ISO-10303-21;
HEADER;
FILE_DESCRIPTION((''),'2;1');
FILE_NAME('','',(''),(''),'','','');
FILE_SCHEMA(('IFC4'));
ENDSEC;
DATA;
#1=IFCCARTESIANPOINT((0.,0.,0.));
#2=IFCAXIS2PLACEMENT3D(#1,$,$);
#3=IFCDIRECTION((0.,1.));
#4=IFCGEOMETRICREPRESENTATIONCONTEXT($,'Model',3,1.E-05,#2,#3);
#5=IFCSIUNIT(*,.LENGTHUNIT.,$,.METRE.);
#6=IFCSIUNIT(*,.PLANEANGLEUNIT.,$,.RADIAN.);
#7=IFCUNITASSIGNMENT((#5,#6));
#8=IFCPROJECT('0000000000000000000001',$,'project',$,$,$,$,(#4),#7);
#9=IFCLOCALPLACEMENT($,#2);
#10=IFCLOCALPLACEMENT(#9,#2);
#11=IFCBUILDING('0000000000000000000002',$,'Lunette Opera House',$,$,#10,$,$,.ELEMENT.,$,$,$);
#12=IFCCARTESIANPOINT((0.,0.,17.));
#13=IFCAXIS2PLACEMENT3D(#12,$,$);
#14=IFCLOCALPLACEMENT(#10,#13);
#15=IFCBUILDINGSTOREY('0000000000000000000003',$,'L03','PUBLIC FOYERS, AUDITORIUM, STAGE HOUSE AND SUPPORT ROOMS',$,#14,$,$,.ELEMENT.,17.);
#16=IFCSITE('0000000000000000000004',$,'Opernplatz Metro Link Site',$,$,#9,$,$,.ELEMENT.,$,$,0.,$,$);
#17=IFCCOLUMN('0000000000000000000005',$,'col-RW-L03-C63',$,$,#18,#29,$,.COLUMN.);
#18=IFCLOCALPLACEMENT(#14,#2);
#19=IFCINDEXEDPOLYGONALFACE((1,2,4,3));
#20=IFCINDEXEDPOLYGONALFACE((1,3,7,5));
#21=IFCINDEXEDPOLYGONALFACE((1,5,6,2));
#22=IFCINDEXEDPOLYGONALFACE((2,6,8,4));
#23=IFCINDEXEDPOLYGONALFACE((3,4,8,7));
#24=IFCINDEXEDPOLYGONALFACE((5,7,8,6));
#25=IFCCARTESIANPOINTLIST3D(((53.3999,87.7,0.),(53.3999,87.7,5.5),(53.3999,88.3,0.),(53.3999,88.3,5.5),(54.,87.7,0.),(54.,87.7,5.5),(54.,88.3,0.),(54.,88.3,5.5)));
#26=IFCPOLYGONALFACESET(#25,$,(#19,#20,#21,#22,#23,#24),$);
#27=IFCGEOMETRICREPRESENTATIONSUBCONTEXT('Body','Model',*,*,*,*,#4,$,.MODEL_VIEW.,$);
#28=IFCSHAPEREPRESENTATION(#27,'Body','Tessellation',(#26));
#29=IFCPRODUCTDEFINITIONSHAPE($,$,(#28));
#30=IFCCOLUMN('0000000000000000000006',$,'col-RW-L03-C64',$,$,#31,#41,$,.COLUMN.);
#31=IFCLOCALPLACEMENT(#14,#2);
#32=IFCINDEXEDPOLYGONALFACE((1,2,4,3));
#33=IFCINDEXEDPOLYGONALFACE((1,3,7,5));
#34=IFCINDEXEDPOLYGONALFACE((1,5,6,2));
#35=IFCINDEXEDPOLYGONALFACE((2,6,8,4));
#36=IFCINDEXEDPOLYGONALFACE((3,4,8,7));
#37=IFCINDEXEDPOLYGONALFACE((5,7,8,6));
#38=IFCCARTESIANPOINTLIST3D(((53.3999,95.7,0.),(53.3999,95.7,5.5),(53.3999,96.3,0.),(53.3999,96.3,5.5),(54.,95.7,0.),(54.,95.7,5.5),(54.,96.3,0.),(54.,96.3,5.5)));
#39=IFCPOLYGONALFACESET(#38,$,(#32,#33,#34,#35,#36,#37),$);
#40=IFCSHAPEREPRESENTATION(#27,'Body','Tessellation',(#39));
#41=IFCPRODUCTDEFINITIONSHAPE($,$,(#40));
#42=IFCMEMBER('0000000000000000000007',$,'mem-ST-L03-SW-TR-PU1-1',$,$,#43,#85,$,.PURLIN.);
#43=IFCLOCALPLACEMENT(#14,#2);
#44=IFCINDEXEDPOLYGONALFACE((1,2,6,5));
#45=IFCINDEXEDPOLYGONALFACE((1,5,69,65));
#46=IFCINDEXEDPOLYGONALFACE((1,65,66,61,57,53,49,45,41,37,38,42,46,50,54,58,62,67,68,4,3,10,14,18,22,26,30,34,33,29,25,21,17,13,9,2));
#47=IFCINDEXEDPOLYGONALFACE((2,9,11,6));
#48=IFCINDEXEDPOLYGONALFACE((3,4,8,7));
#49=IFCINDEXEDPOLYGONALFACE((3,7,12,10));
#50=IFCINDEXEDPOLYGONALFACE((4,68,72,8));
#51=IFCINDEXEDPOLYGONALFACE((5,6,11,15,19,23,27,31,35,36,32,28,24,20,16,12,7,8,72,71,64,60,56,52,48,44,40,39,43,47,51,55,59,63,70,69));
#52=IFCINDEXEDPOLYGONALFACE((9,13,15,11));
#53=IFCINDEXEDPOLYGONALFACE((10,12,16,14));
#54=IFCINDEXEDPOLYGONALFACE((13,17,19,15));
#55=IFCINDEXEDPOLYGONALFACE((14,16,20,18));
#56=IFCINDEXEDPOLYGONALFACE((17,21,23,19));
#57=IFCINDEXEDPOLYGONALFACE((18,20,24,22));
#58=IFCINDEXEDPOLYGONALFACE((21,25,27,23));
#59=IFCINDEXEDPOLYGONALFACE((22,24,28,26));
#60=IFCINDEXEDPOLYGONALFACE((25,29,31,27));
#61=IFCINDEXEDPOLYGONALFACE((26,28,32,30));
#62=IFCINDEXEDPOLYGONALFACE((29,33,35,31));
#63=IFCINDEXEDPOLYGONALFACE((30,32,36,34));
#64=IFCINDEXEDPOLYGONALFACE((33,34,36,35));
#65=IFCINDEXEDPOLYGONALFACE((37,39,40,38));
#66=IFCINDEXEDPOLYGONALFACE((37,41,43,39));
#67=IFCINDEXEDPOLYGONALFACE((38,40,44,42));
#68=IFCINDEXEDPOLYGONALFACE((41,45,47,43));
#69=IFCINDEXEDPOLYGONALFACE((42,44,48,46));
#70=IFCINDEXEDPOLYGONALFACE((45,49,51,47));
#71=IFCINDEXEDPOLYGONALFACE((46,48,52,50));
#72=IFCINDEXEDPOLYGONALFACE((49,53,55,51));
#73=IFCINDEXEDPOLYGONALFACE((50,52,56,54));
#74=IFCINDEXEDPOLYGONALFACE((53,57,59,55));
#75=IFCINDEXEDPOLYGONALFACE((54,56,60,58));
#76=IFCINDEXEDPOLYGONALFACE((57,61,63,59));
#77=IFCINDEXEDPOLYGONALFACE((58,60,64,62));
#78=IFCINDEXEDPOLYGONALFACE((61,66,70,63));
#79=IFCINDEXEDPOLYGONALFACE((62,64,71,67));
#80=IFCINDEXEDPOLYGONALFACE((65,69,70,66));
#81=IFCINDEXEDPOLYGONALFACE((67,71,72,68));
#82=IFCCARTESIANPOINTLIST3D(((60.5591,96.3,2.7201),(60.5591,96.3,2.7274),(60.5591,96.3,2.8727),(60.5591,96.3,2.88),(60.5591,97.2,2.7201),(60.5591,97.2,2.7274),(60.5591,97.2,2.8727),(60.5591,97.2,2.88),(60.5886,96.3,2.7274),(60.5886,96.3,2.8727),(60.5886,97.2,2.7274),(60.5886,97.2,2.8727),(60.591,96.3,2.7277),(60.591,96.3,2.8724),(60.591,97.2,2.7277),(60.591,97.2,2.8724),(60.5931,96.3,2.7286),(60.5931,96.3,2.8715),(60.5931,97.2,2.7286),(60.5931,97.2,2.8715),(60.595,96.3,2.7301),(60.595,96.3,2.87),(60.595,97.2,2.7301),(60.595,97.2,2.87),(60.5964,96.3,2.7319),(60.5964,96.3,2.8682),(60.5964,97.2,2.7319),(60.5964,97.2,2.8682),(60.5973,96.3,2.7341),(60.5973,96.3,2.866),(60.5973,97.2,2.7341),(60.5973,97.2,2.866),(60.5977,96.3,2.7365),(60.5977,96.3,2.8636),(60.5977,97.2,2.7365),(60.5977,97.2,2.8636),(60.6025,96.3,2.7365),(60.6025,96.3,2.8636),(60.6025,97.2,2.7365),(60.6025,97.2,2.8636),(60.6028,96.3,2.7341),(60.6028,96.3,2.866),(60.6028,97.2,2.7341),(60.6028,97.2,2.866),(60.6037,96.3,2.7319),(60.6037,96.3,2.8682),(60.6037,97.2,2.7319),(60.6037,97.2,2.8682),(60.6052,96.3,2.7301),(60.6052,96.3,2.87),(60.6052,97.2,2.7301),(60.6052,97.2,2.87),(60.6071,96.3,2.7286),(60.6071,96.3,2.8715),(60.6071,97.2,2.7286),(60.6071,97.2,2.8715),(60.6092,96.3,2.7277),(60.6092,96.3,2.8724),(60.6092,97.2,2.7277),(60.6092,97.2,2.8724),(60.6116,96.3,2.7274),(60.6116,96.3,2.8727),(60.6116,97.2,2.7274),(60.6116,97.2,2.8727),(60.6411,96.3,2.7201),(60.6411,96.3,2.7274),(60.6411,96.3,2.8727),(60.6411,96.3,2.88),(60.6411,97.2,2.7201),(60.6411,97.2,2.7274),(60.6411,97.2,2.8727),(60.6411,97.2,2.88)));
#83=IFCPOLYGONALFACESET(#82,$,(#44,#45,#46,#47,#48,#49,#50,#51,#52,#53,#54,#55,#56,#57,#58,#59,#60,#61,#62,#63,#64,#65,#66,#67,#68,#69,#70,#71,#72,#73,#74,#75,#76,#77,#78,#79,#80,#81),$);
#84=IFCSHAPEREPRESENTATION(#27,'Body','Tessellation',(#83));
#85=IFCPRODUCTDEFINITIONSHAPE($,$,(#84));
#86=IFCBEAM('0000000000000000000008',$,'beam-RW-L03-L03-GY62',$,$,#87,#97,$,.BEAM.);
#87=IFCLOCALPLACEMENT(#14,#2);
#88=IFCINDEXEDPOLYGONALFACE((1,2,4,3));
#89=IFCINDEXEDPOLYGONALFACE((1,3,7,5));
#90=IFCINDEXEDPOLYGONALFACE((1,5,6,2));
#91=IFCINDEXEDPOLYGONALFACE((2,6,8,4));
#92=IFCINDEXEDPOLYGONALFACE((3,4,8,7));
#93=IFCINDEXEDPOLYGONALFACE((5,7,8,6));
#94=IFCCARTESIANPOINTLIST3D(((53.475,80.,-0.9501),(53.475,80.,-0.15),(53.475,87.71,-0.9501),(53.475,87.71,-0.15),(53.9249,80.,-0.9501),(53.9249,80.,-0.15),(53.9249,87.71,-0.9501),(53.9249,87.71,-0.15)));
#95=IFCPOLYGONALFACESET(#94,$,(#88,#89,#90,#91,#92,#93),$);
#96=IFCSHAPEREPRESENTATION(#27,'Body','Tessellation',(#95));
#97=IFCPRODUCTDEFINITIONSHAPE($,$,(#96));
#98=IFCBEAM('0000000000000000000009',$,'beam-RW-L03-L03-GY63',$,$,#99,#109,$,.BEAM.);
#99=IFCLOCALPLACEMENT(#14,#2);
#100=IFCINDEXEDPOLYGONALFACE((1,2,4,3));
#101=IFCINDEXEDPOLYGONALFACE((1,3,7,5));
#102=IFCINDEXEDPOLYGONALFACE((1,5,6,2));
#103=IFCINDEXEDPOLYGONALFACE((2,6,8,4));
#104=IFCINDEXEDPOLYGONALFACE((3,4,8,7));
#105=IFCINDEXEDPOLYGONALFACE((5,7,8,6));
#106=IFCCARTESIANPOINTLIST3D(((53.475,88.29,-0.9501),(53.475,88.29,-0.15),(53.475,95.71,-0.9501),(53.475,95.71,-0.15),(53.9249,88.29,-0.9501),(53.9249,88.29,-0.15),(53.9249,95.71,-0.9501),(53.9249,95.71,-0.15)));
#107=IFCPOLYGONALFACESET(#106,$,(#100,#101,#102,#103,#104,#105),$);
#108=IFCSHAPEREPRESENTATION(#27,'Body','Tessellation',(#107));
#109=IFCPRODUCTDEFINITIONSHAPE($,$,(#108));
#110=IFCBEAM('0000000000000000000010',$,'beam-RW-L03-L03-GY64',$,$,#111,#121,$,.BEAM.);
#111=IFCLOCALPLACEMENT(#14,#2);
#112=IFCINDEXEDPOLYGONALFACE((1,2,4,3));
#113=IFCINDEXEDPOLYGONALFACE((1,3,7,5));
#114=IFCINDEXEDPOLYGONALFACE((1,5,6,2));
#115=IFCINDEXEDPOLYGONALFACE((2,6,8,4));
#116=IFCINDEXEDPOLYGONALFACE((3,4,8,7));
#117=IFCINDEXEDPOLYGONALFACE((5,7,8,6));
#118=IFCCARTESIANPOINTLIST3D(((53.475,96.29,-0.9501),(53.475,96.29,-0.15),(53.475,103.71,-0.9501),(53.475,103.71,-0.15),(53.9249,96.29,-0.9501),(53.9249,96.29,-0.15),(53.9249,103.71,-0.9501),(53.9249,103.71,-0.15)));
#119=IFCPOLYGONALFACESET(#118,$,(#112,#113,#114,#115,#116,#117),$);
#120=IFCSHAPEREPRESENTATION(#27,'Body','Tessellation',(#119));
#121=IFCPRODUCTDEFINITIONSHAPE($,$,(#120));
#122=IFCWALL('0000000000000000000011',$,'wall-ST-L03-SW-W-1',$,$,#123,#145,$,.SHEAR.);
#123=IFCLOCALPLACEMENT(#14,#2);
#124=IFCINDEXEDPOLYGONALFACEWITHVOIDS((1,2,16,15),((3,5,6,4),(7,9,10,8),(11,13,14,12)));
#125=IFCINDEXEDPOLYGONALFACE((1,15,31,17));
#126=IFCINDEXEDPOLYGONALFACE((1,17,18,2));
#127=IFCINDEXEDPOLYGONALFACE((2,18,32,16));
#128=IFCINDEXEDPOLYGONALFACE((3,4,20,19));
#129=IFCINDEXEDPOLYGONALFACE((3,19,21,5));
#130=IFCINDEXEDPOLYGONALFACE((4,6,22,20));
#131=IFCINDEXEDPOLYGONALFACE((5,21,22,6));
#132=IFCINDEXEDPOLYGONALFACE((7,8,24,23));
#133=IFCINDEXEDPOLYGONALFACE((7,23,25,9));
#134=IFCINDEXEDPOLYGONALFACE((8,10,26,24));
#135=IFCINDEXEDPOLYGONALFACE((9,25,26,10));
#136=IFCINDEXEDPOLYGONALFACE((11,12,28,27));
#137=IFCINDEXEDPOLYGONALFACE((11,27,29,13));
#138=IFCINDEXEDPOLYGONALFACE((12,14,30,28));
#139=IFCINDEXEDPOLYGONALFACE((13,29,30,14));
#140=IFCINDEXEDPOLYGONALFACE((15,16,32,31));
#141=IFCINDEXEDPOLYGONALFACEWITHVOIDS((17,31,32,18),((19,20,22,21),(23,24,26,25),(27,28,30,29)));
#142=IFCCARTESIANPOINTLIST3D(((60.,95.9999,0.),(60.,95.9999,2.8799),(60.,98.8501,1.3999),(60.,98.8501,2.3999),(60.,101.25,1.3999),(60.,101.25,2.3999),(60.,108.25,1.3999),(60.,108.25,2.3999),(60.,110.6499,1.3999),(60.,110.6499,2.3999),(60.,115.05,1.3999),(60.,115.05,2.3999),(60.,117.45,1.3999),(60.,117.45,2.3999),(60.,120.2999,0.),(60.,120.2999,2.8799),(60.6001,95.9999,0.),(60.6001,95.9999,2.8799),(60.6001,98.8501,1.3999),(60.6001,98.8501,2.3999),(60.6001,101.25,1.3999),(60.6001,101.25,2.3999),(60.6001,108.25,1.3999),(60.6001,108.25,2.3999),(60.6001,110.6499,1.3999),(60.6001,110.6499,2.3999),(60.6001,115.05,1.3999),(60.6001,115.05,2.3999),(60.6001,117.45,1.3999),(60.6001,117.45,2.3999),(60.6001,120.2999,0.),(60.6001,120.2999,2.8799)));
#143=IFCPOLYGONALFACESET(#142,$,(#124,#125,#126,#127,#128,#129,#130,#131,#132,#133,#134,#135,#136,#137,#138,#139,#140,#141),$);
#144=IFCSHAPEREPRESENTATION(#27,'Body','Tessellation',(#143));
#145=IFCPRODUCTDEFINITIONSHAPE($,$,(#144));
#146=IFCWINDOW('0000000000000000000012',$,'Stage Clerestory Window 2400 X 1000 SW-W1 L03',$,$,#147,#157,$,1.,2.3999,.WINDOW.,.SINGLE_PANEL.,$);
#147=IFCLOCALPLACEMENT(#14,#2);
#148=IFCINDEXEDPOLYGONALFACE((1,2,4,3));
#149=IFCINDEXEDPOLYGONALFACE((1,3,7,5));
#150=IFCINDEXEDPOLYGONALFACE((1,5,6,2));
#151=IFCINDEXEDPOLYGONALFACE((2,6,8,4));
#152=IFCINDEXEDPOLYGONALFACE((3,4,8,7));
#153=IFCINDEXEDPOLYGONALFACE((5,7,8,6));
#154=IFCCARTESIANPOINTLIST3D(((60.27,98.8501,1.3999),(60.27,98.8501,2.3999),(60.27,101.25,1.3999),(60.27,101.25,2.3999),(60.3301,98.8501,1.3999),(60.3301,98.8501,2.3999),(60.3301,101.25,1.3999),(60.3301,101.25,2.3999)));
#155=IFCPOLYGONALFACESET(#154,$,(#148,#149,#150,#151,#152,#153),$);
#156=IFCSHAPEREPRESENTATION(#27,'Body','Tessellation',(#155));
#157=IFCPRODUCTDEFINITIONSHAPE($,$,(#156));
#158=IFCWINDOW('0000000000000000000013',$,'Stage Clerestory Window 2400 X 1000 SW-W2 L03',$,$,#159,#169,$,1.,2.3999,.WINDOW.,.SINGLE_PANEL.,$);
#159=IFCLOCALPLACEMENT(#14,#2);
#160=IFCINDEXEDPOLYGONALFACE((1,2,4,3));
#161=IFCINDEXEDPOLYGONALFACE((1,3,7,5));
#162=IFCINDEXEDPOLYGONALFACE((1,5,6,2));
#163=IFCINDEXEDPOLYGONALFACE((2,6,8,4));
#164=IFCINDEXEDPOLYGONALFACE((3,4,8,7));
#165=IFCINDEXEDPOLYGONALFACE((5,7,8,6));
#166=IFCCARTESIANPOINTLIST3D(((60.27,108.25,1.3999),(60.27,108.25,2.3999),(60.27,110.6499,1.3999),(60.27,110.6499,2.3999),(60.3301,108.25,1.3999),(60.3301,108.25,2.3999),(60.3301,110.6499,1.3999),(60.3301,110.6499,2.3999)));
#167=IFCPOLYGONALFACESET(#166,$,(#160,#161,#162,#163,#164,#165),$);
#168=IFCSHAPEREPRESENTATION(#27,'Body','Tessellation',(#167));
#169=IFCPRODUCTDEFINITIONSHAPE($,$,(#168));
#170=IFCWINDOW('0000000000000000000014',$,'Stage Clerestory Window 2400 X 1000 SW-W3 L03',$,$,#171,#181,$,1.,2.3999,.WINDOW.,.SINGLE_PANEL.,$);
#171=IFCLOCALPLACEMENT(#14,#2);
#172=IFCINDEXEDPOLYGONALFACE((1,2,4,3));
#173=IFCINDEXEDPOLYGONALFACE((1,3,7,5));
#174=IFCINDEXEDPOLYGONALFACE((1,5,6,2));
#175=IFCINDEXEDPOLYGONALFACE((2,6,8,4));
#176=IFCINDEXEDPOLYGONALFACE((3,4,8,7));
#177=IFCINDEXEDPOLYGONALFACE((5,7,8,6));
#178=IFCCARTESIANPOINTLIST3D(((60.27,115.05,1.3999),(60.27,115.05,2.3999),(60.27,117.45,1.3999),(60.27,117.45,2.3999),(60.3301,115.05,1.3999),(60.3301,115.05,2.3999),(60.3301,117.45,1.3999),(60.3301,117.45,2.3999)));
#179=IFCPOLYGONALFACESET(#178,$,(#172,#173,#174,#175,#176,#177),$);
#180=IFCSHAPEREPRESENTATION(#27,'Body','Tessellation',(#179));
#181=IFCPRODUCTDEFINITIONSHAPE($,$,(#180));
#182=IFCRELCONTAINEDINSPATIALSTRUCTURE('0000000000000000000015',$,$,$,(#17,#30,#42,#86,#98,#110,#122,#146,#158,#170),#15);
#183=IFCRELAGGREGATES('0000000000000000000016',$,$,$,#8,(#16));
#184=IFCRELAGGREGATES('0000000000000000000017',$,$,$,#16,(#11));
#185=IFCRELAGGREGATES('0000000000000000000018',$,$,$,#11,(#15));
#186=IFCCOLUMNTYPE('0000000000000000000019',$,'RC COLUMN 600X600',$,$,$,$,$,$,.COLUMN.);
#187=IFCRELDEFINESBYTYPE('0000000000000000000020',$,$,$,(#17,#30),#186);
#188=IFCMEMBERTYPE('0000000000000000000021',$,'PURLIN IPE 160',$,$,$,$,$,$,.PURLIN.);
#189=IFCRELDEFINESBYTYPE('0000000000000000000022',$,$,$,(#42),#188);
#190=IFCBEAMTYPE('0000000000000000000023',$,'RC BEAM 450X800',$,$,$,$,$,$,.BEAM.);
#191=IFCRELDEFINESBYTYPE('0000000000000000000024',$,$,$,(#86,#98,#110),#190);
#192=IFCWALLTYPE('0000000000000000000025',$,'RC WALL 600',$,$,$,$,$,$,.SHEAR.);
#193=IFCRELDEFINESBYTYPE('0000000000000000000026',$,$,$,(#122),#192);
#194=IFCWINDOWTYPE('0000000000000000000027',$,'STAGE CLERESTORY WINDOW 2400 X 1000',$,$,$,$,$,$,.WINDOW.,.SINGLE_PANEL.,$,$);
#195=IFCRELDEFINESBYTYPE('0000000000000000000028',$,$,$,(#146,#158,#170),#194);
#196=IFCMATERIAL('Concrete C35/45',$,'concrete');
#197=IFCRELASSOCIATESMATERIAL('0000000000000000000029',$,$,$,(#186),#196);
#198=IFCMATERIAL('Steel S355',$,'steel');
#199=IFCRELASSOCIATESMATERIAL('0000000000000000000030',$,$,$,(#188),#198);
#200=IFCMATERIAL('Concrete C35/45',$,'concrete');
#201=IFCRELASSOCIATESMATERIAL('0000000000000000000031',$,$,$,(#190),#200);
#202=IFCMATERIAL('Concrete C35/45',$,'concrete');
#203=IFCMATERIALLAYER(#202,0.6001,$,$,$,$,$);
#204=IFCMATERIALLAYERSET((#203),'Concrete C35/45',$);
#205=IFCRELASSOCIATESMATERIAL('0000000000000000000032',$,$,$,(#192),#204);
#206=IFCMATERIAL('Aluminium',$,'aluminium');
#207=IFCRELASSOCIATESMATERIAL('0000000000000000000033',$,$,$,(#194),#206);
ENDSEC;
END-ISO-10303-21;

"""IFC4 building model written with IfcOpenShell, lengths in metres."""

from ifc_helpers import new_model, si_unit, direction, frame, frame_2d, origin, origin_2d, place, context, subcontext, project, spatial, rectangle, i_section, extrude, material, layer, layer_set, material_profile, profile_set, type_object, element, fill, save


model = new_model("IFC4")

# Units and contexts
model_context = context("Model", 3, precision=1e-05, world=origin(), true_north=direction((0.0, 1.0)))
body_context = subcontext(model_context, "Body", "Model", "MODEL_VIEW")
ifc_project = project(units=[si_unit("LENGTHUNIT", "METRE"), si_unit("PLANEANGLEUNIT", "RADIAN")], contexts=[model_context])

# Site, building, storey
site_placement = place(None, origin())
site = spatial("IfcSite", under=ifc_project, at=site_placement, Name="Opernplatz Metro Link Site", CompositionType="ELEMENT", RefElevation=0.0)
building_placement = place(site_placement, origin())
building = spatial("IfcBuilding", under=site, at=building_placement, Name="Lunette Opera House", CompositionType="ELEMENT")
storey_placement = place(building_placement, frame((0.0, 0.0, 17.0)))
storey = spatial("IfcBuildingStorey", under=building, at=storey_placement, Name="L03", Description="PUBLIC FOYERS, AUDITORIUM, STAGE HOUSE AND SUPPORT ROOMS", CompositionType="ELEMENT", Elevation=17.0)

# Columns
ifc_material_1 = material(Name="Concrete C35/45", Category="concrete")
ifc_material_profile_1 = material_profile(ifc_material_1, rectangle(XDim=0.6001, YDim=0.6001, at=origin_2d()), Name="RC COLUMN 600X600")
ifc_profile_set_1 = profile_set([ifc_material_profile_1], Name="Concrete C35/45")
column_type = type_object("IfcColumnType", Name="RC COLUMN 600X600", PredefinedType="COLUMN", material=ifc_profile_set_1)
for number, where, z_axis, x_axis, name in (
    (1, (53.7, 88.0, 0.0), (0.0, 0.0, 1.0), (1.0, 0.0, 0.0), "col-RW-L03-C63"),
    (2, (53.7, 96.0, 0.0), (0.0, 0.0, 1.0), (1.0, 0.0, 0.0), "col-RW-L03-C64"),
):
    element("IfcColumn", number, at=place(storey_placement, frame(where, z_axis=z_axis, x_axis=x_axis)), inside=storey, type_object=column_type, Name=name, PredefinedType="COLUMN", context=body_context, shape_type="SweptSolid", body=[
        extrude(rectangle(XDim=0.6001, YDim=0.6001, at=origin_2d()), origin(), (0.0, 0.0, 1.0), 5.5),
    ])

# Member
ifc_material_2 = material(Name="Steel S355", Category="steel")
ifc_material_profile_2 = material_profile(ifc_material_2, i_section(OverallWidth=0.082, OverallDepth=0.1599, WebThickness=0.0049, FlangeThickness=0.0073, FilletRadius=0.009, at=origin_2d()), Name="IPE 160")
ifc_profile_set_2 = profile_set([ifc_material_profile_2], Name="Steel S355")
member_type = type_object("IfcMemberType", Name="PURLIN IPE 160", PredefinedType="PURLIN", material=ifc_profile_set_2)
member_placement = place(storey_placement, frame((60.6001, 96.3, 2.8), z_axis=(0.0, 1.0, 0.0), x_axis=(-1.0, 0.0, 0.0)))
element("IfcMember", 3, at=member_placement, inside=storey, type_object=member_type, Name="mem-ST-L03-SW-TR-PU1-1", PredefinedType="PURLIN", context=body_context, shape_type="SweptSolid", body=[
    extrude(i_section(OverallWidth=0.082, OverallDepth=0.1599, WebThickness=0.0049, FlangeThickness=0.0073, FilletRadius=0.009, at=origin_2d()), origin(), (0.0, 0.0, 1.0), 0.8999),
])

# Beams
ifc_material_3 = material(Name="Concrete C35/45", Category="concrete")
ifc_material_profile_3 = material_profile(ifc_material_3, rectangle(XDim=0.45, YDim=0.8, at=origin_2d()), Name="RC BEAM 450X800")
ifc_profile_set_3 = profile_set([ifc_material_profile_3], Name="Concrete C35/45")
beam_type = type_object("IfcBeamType", Name="RC BEAM 450X800", PredefinedType="BEAM", material=ifc_profile_set_3)
beam_placement = place(storey_placement, frame((53.7, 80.0, -0.55), z_axis=(0.0, 1.0, 0.0), x_axis=(-1.0, 0.0, 0.0)))
element("IfcBeam", 4, at=beam_placement, inside=storey, type_object=beam_type, Name="beam-RW-L03-L03-GY62", PredefinedType="BEAM", context=body_context, shape_type="SweptSolid", body=[
    extrude(rectangle(XDim=0.45, YDim=0.8, at=origin_2d()), origin(), (0.0, 0.0, 1.0), 7.71),
])
for number, where, z_axis, x_axis, name in (
    (5, (53.7, 88.29, -0.55), (0.0, 1.0, 0.0), (-1.0, 0.0, 0.0), "beam-RW-L03-L03-GY63"),
    (6, (53.7, 96.29, -0.55), (0.0, 1.0, 0.0), (-1.0, 0.0, 0.0), "beam-RW-L03-L03-GY64"),
):
    element("IfcBeam", number, at=place(storey_placement, frame(where, z_axis=z_axis, x_axis=x_axis)), inside=storey, type_object=beam_type, Name=name, PredefinedType="BEAM", context=body_context, shape_type="SweptSolid", body=[
        extrude(rectangle(XDim=0.45, YDim=0.8, at=origin_2d()), origin(), (0.0, 0.0, 1.0), 7.4199),
    ])

# Wall, openings, windows
ifc_material_4 = material(Name="Concrete C35/45", Category="concrete")
ifc_layer_1 = layer(ifc_material_4, 0.6001)
ifc_layer_set_1 = layer_set([ifc_layer_1], Name="Concrete C35/45")
wall_type_1 = type_object("IfcWallType", Name="RC WALL 600", PredefinedType="SHEAR", material=ifc_layer_set_1)
wall_1_placement = place(storey_placement, frame((60.3, 96.0, 0.0), z_axis=(0.0, 0.0, 1.0), x_axis=(0.0, 1.0, 0.0)))
wall_1 = element("IfcWall", 7, at=wall_1_placement, inside=storey, type_object=wall_type_1, Name="wall-ST-L03-SW-W-1", PredefinedType="SHEAR", context=body_context, shape_type="SweptSolid", body=[
    extrude(rectangle(XDim=24.3, YDim=0.6001, at=frame_2d((12.1499, 0.0))), origin(), (0.0, 0.0, 1.0), 2.8799),
])
opening_1_placement = place(wall_1_placement, frame((2.8501, 0.0, 1.3999)))
opening_1 = element("IfcOpeningElement", 8, at=opening_1_placement, cuts=wall_1, PredefinedType="OPENING", context=body_context, shape_type="SweptSolid", body=[
    extrude(rectangle(XDim=2.3999, YDim=1.0, at=frame_2d((1.2, 0.5))), frame((0.0, 0.312, 0.0), z_axis=(0.0, -1.0, 0.0), x_axis=(1.0, 0.0, 0.0)), (0.0, 0.0, 1.0), 0.624),
])
opening_2_placement = place(wall_1_placement, frame((12.25, 0.0, 1.3999)))
opening_2 = element("IfcOpeningElement", 9, at=opening_2_placement, cuts=wall_1, PredefinedType="OPENING", context=body_context, shape_type="SweptSolid", body=[
    extrude(rectangle(XDim=2.3999, YDim=1.0, at=frame_2d((1.2, 0.5))), frame((0.0, 0.312, 0.0), z_axis=(0.0, -1.0, 0.0), x_axis=(1.0, 0.0, 0.0)), (0.0, 0.0, 1.0), 0.624),
])
opening_3_placement = place(wall_1_placement, frame((19.05, 0.0, 1.3999)))
opening_3 = element("IfcOpeningElement", 10, at=opening_3_placement, cuts=wall_1, PredefinedType="OPENING", context=body_context, shape_type="SweptSolid", body=[
    extrude(rectangle(XDim=2.3999, YDim=1.0, at=frame_2d((1.2, 0.5))), frame((0.0, 0.312, 0.0), z_axis=(0.0, -1.0, 0.0), x_axis=(1.0, 0.0, 0.0)), (0.0, 0.0, 1.0), 0.624),
])
ifc_material_5 = material(Name="Aluminium", Category="aluminium")
window_type_1 = type_object("IfcWindowType", Name="STAGE CLERESTORY WINDOW 2400 X 1000", PartitioningType="SINGLE_PANEL", PredefinedType="WINDOW", material=ifc_material_5)
window_1_placement = place(opening_1_placement, origin())
window_1 = element("IfcWindow", 11, at=window_1_placement, inside=storey, type_object=window_type_1, Name="Stage Clerestory Window 2400 X 1000 SW-W1 L03", OverallHeight=1.0, OverallWidth=2.3999, PartitioningType="SINGLE_PANEL", PredefinedType="WINDOW", context=body_context, shape_type="SweptSolid", body=[
    extrude(rectangle(XDim=2.3999, YDim=1.0, at=frame_2d((1.2, 0.5))), frame((0.0, 0.03, 0.0), z_axis=(0.0, -1.0, 0.0), x_axis=(1.0, 0.0, 0.0)), (0.0, 0.0, 1.0), 0.0601),
])
fill(opening_1, window_1)
window_2_placement = place(opening_2_placement, origin())
window_2 = element("IfcWindow", 12, at=window_2_placement, inside=storey, type_object=window_type_1, Name="Stage Clerestory Window 2400 X 1000 SW-W2 L03", OverallHeight=1.0, OverallWidth=2.3999, PartitioningType="SINGLE_PANEL", PredefinedType="WINDOW", context=body_context, shape_type="SweptSolid", body=[
    extrude(rectangle(XDim=2.3999, YDim=1.0, at=frame_2d((1.2, 0.5))), frame((0.0, 0.03, 0.0), z_axis=(0.0, -1.0, 0.0), x_axis=(1.0, 0.0, 0.0)), (0.0, 0.0, 1.0), 0.0601),
])
fill(opening_2, window_2)
window_3_placement = place(opening_3_placement, origin())
window_3 = element("IfcWindow", 13, at=window_3_placement, inside=storey, type_object=window_type_1, Name="Stage Clerestory Window 2400 X 1000 SW-W3 L03", OverallHeight=1.0, OverallWidth=2.3999, PartitioningType="SINGLE_PANEL", PredefinedType="WINDOW", context=body_context, shape_type="SweptSolid", body=[
    extrude(rectangle(XDim=2.3999, YDim=1.0, at=frame_2d((1.2, 0.5))), frame((0.0, 0.03, 0.0), z_axis=(0.0, -1.0, 0.0), x_axis=(1.0, 0.0, 0.0)), (0.0, 0.0, 1.0), 0.0601),
])
fill(opening_3, window_3)

save(model, "model.ifc")
